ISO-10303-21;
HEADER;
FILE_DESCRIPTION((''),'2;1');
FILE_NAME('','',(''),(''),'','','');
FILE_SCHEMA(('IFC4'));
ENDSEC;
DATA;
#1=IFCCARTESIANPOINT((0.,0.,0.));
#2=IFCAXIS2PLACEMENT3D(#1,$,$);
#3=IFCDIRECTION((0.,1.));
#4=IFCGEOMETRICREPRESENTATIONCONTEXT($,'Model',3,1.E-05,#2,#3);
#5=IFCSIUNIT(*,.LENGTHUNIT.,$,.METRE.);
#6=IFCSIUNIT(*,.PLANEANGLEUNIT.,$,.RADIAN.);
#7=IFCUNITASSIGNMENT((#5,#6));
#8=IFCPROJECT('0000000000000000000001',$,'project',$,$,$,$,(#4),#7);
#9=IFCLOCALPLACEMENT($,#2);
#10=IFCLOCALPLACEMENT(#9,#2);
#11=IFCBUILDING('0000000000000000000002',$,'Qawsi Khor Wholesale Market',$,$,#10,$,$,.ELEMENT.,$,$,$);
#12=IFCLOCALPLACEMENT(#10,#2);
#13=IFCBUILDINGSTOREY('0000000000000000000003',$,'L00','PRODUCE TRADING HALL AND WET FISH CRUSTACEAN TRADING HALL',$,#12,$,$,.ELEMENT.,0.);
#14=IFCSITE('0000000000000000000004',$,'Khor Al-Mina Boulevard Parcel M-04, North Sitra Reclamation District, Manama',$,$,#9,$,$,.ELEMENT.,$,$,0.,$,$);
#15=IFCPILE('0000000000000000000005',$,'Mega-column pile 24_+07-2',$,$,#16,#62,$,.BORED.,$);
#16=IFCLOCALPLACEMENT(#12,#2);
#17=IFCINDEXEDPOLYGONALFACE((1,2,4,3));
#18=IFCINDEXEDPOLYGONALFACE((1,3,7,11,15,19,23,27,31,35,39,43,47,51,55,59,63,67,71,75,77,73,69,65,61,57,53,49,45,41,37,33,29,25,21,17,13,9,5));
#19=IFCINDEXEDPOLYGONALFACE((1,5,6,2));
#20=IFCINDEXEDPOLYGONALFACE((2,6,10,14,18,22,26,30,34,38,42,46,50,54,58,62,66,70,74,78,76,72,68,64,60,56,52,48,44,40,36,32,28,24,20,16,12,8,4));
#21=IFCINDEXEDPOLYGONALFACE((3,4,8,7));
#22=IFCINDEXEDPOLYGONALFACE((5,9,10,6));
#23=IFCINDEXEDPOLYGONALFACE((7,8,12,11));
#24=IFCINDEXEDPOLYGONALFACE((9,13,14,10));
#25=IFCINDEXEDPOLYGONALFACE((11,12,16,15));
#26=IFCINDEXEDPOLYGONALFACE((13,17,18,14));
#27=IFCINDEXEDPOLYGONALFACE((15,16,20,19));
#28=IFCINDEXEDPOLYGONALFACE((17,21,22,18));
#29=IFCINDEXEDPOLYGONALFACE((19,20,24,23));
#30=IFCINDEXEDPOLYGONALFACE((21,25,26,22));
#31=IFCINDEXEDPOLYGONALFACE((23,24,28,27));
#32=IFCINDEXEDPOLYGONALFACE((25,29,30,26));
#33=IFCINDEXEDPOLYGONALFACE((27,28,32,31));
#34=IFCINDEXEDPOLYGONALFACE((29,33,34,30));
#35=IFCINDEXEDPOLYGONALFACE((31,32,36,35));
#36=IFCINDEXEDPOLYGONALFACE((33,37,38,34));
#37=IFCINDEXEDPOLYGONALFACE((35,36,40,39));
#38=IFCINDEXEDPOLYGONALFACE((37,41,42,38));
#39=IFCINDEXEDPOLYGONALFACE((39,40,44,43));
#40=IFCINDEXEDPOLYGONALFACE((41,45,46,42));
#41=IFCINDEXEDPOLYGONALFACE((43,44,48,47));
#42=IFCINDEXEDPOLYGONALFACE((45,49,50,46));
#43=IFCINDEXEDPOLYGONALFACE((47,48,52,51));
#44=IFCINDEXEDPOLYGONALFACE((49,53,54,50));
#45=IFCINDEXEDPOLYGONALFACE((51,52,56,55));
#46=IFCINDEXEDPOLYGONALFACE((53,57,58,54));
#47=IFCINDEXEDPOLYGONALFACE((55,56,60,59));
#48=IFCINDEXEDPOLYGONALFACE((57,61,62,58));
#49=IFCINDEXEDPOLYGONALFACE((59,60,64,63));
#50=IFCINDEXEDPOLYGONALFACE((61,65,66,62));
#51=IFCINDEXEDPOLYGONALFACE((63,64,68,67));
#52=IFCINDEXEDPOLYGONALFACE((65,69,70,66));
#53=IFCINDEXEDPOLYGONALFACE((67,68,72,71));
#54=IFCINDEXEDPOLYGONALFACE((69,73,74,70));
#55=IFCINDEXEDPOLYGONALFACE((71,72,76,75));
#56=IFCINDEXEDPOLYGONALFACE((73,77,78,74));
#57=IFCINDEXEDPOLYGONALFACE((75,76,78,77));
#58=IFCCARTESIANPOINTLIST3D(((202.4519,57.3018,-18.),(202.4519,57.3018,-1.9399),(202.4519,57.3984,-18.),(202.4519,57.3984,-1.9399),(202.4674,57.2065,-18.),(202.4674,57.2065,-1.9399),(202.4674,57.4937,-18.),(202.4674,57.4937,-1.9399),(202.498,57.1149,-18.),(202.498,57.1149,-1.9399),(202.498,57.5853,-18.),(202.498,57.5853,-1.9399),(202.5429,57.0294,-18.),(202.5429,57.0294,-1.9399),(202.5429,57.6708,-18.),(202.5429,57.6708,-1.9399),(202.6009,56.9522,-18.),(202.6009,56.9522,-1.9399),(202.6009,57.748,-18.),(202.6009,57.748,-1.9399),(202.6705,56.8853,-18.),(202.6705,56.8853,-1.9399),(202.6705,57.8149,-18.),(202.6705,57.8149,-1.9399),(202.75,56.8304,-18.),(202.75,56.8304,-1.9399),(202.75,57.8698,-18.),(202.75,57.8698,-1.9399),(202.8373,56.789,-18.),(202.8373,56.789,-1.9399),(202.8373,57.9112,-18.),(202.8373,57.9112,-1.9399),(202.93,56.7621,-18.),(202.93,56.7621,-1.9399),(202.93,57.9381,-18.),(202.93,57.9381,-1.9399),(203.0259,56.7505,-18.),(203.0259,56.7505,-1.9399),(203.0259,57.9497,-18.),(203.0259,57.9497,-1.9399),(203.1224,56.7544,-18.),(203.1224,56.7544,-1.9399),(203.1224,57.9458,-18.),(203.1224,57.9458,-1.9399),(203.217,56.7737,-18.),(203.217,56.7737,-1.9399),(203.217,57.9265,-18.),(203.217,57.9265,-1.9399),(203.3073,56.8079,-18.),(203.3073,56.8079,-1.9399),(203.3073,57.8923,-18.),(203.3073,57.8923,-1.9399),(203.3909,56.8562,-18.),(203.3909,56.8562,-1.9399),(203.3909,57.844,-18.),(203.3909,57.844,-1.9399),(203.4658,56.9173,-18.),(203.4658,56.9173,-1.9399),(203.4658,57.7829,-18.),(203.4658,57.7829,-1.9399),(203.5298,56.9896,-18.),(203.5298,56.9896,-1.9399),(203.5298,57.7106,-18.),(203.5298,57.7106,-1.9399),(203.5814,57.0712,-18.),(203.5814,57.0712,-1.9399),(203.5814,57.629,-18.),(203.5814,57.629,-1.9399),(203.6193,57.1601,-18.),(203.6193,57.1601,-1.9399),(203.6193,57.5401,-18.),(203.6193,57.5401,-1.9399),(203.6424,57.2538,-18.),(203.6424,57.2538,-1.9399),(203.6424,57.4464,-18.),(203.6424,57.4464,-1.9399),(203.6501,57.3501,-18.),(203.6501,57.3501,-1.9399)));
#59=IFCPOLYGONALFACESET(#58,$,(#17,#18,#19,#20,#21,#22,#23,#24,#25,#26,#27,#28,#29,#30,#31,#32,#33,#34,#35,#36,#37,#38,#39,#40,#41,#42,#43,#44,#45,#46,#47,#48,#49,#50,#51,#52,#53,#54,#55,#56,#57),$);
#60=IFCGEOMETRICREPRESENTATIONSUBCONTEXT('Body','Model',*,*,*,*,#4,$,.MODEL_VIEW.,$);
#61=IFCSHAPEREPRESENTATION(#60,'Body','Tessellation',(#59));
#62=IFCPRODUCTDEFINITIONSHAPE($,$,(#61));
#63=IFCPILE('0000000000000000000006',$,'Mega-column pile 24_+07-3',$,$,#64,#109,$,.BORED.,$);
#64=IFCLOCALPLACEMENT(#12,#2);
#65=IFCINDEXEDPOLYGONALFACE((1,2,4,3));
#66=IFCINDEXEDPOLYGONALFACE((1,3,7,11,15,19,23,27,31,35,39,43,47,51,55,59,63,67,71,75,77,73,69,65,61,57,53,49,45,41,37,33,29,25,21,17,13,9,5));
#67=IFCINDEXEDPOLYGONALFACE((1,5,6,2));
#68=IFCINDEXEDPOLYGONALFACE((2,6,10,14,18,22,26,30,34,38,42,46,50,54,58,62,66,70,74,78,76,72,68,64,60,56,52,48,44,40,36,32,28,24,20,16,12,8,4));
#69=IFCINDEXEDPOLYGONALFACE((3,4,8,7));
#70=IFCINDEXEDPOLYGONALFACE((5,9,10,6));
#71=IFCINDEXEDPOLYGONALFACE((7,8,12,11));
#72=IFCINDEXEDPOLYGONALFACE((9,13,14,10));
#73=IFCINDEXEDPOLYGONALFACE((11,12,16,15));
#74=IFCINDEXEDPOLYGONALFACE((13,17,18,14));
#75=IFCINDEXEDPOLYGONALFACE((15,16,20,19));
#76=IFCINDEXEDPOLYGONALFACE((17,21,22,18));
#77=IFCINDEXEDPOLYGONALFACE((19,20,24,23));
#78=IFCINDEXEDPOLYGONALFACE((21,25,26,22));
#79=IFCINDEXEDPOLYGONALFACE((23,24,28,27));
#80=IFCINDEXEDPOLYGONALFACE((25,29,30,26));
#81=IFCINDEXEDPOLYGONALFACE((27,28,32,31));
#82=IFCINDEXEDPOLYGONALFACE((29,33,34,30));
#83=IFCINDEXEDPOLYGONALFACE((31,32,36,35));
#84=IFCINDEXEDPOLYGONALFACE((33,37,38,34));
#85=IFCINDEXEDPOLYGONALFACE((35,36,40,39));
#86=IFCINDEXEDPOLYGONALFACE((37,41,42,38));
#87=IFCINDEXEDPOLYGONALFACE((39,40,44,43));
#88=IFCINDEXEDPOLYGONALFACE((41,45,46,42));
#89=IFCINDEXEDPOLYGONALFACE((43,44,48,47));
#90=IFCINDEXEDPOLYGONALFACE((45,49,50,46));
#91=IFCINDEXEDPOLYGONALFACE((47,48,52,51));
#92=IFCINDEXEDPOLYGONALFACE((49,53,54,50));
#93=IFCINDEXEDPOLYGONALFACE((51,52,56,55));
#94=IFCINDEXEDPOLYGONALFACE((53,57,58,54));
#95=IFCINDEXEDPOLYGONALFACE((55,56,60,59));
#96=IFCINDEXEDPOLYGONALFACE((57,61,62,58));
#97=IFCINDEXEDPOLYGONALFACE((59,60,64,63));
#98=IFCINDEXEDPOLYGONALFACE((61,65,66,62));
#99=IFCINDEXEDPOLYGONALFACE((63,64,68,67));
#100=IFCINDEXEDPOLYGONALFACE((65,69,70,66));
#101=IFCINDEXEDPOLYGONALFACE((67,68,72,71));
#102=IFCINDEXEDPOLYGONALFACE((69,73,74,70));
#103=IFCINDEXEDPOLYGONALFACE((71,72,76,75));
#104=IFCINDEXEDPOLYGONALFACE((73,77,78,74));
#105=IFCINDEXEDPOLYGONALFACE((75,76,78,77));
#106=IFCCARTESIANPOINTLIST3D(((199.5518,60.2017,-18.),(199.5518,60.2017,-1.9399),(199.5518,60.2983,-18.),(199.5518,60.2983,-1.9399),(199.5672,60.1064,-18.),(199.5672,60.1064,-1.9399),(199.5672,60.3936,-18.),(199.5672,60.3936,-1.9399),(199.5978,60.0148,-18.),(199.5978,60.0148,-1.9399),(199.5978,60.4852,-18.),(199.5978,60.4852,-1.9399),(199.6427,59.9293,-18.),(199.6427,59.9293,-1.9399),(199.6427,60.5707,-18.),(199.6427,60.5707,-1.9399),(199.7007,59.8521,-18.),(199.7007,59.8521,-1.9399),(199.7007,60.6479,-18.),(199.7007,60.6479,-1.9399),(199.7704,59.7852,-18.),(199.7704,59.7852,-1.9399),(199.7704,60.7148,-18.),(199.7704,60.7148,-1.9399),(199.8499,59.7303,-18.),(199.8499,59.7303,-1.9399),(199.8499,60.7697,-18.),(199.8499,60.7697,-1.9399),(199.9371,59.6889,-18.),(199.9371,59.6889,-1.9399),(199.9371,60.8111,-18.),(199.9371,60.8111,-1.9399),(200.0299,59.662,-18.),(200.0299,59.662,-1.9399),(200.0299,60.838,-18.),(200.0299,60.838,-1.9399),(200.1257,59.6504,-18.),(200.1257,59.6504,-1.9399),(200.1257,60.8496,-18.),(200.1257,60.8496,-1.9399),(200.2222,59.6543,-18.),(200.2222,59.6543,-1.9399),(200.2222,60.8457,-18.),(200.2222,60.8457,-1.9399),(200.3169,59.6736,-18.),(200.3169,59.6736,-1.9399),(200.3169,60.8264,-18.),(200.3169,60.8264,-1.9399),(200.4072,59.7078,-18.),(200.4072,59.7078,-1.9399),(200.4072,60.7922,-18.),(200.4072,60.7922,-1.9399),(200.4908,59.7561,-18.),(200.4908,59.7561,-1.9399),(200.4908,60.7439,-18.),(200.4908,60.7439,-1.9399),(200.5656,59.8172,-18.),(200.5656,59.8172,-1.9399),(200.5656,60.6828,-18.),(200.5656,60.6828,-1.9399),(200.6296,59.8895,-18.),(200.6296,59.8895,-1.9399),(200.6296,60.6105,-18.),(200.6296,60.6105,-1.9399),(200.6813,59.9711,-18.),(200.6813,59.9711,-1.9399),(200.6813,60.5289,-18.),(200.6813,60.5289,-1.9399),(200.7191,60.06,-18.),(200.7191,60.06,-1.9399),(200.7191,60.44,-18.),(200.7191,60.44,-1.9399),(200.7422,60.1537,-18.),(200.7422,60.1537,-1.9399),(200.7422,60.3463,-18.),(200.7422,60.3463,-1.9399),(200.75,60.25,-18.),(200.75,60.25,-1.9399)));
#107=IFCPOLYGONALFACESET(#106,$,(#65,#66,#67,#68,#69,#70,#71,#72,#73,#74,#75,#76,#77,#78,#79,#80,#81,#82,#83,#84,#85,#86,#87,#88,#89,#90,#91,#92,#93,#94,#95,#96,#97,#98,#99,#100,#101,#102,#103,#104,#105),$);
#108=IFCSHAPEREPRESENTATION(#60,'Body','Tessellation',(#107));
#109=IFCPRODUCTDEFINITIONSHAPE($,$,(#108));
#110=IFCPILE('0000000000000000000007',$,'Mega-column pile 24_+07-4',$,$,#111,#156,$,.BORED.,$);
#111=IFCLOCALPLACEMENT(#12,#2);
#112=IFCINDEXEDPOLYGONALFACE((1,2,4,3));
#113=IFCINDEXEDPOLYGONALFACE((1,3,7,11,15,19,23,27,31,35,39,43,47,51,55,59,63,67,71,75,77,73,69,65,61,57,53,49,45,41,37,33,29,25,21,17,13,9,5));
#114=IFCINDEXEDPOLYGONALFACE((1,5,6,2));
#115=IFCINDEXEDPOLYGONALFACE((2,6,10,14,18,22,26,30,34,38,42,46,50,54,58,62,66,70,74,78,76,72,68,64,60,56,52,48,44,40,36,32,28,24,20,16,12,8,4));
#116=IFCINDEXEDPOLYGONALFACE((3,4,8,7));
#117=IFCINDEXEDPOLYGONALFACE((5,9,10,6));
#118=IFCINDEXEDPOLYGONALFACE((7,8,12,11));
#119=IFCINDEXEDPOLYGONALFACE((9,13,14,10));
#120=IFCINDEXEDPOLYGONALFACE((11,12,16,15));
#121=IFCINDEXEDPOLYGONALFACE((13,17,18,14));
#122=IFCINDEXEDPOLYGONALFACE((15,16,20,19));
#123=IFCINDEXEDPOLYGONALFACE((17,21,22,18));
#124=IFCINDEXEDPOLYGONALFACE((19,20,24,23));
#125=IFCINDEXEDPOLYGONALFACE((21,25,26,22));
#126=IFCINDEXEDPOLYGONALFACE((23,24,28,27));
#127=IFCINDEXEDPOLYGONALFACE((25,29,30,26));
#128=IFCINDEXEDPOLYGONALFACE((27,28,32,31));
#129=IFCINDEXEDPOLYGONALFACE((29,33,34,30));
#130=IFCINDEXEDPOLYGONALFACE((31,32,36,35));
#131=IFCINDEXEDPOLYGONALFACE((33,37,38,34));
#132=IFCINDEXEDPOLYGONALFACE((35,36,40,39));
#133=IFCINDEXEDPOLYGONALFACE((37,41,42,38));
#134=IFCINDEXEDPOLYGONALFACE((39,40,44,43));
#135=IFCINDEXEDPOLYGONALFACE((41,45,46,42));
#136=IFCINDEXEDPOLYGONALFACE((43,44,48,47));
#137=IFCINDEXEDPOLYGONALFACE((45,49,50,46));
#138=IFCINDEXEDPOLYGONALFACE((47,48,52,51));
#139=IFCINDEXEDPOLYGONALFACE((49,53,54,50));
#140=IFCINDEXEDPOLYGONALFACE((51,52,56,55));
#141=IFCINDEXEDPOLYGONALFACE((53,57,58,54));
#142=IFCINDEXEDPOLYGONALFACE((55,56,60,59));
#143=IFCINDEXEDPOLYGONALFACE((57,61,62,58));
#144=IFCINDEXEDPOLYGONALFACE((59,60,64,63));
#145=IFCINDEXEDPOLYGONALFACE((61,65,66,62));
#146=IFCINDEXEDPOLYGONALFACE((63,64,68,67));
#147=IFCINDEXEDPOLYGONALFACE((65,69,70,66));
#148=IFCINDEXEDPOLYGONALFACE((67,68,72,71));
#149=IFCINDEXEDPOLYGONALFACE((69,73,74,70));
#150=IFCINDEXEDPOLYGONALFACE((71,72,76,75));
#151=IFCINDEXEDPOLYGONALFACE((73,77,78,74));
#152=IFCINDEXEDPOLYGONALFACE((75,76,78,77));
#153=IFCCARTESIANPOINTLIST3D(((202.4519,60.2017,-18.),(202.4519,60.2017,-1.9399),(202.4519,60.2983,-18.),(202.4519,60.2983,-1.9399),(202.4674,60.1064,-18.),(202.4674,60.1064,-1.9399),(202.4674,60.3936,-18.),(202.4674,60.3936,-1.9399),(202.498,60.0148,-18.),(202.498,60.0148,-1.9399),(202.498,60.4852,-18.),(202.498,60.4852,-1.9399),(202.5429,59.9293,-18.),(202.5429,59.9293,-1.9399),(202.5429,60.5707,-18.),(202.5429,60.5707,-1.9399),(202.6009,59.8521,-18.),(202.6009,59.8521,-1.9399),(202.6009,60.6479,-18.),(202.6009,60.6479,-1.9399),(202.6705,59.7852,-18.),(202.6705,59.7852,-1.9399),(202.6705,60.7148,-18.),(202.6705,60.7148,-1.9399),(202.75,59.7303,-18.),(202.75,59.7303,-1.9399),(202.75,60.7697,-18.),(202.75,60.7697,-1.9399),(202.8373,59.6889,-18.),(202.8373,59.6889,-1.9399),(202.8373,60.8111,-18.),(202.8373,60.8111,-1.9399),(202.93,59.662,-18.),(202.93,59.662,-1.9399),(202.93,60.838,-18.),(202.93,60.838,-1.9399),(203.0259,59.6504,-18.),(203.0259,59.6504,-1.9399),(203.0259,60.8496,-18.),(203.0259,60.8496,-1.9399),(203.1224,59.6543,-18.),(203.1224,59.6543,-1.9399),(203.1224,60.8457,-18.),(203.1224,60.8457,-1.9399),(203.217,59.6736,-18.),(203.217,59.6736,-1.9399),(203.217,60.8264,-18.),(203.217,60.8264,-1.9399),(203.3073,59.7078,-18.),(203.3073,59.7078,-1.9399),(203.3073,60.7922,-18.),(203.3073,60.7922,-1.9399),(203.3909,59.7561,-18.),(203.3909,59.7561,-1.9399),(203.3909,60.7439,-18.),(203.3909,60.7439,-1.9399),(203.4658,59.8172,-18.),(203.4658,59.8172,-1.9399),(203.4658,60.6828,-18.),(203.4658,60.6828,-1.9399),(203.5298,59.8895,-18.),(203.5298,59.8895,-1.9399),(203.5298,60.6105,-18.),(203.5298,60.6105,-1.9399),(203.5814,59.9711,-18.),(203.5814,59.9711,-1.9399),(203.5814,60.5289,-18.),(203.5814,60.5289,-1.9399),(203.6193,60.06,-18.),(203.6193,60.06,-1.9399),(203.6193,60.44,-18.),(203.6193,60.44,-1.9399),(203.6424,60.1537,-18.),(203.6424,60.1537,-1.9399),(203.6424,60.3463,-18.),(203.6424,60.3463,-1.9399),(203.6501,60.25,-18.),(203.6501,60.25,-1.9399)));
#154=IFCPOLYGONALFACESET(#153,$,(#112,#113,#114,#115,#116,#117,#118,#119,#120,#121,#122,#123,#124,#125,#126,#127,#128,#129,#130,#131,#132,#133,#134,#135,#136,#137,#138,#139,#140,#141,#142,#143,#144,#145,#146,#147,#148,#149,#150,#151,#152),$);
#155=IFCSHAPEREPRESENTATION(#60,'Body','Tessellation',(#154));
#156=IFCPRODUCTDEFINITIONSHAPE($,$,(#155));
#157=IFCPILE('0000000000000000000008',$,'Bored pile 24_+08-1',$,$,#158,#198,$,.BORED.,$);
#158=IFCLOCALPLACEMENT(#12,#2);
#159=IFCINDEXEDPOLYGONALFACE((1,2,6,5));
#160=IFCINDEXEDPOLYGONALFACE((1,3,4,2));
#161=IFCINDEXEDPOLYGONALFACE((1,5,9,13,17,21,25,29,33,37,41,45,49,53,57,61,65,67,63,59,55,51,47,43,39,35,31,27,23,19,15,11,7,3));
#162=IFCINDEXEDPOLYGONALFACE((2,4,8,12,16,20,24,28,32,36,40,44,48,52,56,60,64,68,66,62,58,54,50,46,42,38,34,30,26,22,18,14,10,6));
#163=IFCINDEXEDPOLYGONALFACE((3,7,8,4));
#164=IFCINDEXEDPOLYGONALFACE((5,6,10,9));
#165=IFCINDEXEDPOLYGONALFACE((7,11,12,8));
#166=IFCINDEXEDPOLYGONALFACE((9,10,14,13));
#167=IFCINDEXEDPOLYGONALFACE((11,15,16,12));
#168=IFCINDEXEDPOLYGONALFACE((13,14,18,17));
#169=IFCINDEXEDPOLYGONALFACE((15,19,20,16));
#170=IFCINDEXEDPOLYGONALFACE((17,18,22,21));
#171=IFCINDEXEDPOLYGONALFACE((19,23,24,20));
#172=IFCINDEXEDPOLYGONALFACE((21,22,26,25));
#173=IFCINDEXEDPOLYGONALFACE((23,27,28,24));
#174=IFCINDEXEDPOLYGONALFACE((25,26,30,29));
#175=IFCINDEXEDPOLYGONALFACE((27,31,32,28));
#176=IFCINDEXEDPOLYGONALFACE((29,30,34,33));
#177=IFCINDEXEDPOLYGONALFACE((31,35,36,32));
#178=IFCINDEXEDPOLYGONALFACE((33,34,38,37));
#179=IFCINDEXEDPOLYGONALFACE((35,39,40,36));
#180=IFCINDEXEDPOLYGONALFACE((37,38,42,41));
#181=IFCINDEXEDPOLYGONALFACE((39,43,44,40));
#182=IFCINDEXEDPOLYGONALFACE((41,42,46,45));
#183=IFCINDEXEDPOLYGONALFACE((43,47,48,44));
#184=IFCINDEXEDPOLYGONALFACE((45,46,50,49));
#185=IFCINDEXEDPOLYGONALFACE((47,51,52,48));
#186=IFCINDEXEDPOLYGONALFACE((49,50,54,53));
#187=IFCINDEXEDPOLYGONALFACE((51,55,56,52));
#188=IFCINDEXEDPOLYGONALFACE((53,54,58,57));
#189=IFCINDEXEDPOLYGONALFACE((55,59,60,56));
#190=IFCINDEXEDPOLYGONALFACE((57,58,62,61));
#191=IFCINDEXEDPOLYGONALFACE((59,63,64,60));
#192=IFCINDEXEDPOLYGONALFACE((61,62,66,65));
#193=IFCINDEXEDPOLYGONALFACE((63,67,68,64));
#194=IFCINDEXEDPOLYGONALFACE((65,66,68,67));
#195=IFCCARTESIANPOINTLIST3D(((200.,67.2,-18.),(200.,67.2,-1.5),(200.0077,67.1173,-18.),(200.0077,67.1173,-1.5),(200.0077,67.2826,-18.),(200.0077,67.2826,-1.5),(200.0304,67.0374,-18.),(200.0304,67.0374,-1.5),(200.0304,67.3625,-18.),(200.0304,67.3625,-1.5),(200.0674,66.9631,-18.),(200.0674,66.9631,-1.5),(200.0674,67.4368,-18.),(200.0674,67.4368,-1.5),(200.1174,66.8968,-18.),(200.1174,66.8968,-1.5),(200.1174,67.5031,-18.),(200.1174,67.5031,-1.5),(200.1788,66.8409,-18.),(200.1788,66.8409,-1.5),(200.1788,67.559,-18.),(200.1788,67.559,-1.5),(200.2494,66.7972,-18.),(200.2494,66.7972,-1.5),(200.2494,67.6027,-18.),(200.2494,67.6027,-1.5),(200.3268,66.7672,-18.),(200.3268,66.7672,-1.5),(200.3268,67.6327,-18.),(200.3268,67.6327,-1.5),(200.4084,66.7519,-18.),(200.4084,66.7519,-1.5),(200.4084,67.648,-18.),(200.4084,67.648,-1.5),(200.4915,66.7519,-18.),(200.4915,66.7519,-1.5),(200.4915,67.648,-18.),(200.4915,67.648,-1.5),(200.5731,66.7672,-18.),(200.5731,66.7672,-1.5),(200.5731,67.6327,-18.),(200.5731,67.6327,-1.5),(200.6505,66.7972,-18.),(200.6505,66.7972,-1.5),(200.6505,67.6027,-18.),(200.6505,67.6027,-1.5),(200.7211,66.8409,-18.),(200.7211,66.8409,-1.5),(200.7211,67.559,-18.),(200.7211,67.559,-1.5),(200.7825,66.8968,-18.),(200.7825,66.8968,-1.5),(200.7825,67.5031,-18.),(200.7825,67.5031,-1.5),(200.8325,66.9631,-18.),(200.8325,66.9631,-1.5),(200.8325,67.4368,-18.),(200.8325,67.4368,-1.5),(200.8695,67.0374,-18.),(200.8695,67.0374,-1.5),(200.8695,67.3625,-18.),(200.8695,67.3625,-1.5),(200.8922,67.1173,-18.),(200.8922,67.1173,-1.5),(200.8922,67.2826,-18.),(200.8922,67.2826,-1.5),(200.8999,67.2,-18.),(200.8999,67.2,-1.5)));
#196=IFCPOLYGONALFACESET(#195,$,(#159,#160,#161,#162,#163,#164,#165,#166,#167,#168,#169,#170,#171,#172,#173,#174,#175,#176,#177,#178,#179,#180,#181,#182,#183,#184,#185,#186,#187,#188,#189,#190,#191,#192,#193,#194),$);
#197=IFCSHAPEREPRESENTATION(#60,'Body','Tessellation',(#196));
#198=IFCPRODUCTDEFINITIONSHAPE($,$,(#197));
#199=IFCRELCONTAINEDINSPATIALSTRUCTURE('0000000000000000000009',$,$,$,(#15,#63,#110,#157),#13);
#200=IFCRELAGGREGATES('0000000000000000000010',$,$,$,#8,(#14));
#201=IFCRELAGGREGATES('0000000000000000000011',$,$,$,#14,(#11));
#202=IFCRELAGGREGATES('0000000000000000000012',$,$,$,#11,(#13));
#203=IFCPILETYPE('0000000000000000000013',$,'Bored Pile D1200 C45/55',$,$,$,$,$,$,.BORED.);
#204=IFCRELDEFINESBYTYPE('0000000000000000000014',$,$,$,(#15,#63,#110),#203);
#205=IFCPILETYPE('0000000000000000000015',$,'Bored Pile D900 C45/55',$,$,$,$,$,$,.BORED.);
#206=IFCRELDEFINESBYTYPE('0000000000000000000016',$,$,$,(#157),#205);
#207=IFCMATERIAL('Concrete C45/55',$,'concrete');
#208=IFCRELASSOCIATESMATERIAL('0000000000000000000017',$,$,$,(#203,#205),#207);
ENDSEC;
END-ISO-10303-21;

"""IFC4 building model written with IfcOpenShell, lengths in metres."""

from ifc_helpers import new_model, si_unit, direction, frame, origin, origin_2d, place, context, subcontext, project, spatial, circle, extrude, material, material_profile, profile_set, type_object, element, save


model = new_model("IFC4")

# Units and contexts
model_context = context("Model", 3, precision=1e-05, world=origin(), true_north=direction((0.0, 1.0)))
body_context = subcontext(model_context, "Body", "Model", "MODEL_VIEW")
ifc_project = project(units=[si_unit("LENGTHUNIT", "METRE"), si_unit("PLANEANGLEUNIT", "RADIAN")], contexts=[model_context])

# Site, building, storey
site_placement = place(None, origin())
site = spatial("IfcSite", under=ifc_project, at=site_placement, Name="Khor Al-Mina Boulevard Parcel M-04, North Sitra Reclamation District, Manama", CompositionType="ELEMENT", RefElevation=0.0)
building_placement = place(site_placement, origin())
building = spatial("IfcBuilding", under=site, at=building_placement, Name="Qawsi Khor Wholesale Market", CompositionType="ELEMENT")
storey_placement = place(building_placement, origin())
storey = spatial("IfcBuildingStorey", under=building, at=storey_placement, Name="L00", Description="PRODUCE TRADING HALL AND WET FISH CRUSTACEAN TRADING HALL", CompositionType="ELEMENT", Elevation=0.0)

# Piles
ifc_material_1 = material(Name="Concrete C45/55", Category="concrete")
ifc_material_profile_1 = material_profile(ifc_material_1, circle(Radius=0.6001, at=origin_2d()), Name="PILE D1200")
ifc_profile_set_1 = profile_set([ifc_material_profile_1], Name="Concrete C45/55")
pile_type_1 = type_object("IfcPileType", Name="Bored Pile D1200 C45/55", PredefinedType="BORED", material=ifc_profile_set_1)
for number, where, z_axis, x_axis, name in (
    (1, (203.05, 57.3501, -1.9399), (0.0, 0.0, -1.0), (1.0, 0.0, 0.0), "Mega-column pile 24_+07-2"),
    (2, (200.1499, 60.25, -1.9399), (0.0, 0.0, -1.0), (1.0, 0.0, 0.0), "Mega-column pile 24_+07-3"),
    (3, (203.05, 60.25, -1.9399), (0.0, 0.0, -1.0), (1.0, 0.0, 0.0), "Mega-column pile 24_+07-4"),
):
    element("IfcPile", number, at=place(storey_placement, frame(where, z_axis=z_axis, x_axis=x_axis)), inside=storey, type_object=pile_type_1, Name=name, PredefinedType="BORED", context=body_context, shape_type="SweptSolid", body=[
        extrude(circle(Radius=0.6001, at=origin_2d()), origin(), (0.0, 0.0, 1.0), 16.0601),
    ])
ifc_material_profile_2 = material_profile(ifc_material_1, circle(Radius=0.45, at=origin_2d()), Name="PILE D900")
ifc_profile_set_2 = profile_set([ifc_material_profile_2], Name="Concrete C45/55")
pile_type_2 = type_object("IfcPileType", Name="Bored Pile D900 C45/55", PredefinedType="BORED", material=ifc_profile_set_2)
for number, where, z_axis, x_axis, name in (
    (4, (200.45, 67.2, -1.5), (0.0, 0.0, -1.0), (1.0, 0.0, 0.0), "Bored pile 24_+08-1"),
):
    element("IfcPile", number, at=place(storey_placement, frame(where, z_axis=z_axis, x_axis=x_axis)), inside=storey, type_object=pile_type_2, Name=name, PredefinedType="BORED", context=body_context, shape_type="SweptSolid", body=[
        extrude(circle(Radius=0.45, at=origin_2d()), origin(), (0.0, 0.0, 1.0), 16.5),
    ])

save(model, "model.ifc")
